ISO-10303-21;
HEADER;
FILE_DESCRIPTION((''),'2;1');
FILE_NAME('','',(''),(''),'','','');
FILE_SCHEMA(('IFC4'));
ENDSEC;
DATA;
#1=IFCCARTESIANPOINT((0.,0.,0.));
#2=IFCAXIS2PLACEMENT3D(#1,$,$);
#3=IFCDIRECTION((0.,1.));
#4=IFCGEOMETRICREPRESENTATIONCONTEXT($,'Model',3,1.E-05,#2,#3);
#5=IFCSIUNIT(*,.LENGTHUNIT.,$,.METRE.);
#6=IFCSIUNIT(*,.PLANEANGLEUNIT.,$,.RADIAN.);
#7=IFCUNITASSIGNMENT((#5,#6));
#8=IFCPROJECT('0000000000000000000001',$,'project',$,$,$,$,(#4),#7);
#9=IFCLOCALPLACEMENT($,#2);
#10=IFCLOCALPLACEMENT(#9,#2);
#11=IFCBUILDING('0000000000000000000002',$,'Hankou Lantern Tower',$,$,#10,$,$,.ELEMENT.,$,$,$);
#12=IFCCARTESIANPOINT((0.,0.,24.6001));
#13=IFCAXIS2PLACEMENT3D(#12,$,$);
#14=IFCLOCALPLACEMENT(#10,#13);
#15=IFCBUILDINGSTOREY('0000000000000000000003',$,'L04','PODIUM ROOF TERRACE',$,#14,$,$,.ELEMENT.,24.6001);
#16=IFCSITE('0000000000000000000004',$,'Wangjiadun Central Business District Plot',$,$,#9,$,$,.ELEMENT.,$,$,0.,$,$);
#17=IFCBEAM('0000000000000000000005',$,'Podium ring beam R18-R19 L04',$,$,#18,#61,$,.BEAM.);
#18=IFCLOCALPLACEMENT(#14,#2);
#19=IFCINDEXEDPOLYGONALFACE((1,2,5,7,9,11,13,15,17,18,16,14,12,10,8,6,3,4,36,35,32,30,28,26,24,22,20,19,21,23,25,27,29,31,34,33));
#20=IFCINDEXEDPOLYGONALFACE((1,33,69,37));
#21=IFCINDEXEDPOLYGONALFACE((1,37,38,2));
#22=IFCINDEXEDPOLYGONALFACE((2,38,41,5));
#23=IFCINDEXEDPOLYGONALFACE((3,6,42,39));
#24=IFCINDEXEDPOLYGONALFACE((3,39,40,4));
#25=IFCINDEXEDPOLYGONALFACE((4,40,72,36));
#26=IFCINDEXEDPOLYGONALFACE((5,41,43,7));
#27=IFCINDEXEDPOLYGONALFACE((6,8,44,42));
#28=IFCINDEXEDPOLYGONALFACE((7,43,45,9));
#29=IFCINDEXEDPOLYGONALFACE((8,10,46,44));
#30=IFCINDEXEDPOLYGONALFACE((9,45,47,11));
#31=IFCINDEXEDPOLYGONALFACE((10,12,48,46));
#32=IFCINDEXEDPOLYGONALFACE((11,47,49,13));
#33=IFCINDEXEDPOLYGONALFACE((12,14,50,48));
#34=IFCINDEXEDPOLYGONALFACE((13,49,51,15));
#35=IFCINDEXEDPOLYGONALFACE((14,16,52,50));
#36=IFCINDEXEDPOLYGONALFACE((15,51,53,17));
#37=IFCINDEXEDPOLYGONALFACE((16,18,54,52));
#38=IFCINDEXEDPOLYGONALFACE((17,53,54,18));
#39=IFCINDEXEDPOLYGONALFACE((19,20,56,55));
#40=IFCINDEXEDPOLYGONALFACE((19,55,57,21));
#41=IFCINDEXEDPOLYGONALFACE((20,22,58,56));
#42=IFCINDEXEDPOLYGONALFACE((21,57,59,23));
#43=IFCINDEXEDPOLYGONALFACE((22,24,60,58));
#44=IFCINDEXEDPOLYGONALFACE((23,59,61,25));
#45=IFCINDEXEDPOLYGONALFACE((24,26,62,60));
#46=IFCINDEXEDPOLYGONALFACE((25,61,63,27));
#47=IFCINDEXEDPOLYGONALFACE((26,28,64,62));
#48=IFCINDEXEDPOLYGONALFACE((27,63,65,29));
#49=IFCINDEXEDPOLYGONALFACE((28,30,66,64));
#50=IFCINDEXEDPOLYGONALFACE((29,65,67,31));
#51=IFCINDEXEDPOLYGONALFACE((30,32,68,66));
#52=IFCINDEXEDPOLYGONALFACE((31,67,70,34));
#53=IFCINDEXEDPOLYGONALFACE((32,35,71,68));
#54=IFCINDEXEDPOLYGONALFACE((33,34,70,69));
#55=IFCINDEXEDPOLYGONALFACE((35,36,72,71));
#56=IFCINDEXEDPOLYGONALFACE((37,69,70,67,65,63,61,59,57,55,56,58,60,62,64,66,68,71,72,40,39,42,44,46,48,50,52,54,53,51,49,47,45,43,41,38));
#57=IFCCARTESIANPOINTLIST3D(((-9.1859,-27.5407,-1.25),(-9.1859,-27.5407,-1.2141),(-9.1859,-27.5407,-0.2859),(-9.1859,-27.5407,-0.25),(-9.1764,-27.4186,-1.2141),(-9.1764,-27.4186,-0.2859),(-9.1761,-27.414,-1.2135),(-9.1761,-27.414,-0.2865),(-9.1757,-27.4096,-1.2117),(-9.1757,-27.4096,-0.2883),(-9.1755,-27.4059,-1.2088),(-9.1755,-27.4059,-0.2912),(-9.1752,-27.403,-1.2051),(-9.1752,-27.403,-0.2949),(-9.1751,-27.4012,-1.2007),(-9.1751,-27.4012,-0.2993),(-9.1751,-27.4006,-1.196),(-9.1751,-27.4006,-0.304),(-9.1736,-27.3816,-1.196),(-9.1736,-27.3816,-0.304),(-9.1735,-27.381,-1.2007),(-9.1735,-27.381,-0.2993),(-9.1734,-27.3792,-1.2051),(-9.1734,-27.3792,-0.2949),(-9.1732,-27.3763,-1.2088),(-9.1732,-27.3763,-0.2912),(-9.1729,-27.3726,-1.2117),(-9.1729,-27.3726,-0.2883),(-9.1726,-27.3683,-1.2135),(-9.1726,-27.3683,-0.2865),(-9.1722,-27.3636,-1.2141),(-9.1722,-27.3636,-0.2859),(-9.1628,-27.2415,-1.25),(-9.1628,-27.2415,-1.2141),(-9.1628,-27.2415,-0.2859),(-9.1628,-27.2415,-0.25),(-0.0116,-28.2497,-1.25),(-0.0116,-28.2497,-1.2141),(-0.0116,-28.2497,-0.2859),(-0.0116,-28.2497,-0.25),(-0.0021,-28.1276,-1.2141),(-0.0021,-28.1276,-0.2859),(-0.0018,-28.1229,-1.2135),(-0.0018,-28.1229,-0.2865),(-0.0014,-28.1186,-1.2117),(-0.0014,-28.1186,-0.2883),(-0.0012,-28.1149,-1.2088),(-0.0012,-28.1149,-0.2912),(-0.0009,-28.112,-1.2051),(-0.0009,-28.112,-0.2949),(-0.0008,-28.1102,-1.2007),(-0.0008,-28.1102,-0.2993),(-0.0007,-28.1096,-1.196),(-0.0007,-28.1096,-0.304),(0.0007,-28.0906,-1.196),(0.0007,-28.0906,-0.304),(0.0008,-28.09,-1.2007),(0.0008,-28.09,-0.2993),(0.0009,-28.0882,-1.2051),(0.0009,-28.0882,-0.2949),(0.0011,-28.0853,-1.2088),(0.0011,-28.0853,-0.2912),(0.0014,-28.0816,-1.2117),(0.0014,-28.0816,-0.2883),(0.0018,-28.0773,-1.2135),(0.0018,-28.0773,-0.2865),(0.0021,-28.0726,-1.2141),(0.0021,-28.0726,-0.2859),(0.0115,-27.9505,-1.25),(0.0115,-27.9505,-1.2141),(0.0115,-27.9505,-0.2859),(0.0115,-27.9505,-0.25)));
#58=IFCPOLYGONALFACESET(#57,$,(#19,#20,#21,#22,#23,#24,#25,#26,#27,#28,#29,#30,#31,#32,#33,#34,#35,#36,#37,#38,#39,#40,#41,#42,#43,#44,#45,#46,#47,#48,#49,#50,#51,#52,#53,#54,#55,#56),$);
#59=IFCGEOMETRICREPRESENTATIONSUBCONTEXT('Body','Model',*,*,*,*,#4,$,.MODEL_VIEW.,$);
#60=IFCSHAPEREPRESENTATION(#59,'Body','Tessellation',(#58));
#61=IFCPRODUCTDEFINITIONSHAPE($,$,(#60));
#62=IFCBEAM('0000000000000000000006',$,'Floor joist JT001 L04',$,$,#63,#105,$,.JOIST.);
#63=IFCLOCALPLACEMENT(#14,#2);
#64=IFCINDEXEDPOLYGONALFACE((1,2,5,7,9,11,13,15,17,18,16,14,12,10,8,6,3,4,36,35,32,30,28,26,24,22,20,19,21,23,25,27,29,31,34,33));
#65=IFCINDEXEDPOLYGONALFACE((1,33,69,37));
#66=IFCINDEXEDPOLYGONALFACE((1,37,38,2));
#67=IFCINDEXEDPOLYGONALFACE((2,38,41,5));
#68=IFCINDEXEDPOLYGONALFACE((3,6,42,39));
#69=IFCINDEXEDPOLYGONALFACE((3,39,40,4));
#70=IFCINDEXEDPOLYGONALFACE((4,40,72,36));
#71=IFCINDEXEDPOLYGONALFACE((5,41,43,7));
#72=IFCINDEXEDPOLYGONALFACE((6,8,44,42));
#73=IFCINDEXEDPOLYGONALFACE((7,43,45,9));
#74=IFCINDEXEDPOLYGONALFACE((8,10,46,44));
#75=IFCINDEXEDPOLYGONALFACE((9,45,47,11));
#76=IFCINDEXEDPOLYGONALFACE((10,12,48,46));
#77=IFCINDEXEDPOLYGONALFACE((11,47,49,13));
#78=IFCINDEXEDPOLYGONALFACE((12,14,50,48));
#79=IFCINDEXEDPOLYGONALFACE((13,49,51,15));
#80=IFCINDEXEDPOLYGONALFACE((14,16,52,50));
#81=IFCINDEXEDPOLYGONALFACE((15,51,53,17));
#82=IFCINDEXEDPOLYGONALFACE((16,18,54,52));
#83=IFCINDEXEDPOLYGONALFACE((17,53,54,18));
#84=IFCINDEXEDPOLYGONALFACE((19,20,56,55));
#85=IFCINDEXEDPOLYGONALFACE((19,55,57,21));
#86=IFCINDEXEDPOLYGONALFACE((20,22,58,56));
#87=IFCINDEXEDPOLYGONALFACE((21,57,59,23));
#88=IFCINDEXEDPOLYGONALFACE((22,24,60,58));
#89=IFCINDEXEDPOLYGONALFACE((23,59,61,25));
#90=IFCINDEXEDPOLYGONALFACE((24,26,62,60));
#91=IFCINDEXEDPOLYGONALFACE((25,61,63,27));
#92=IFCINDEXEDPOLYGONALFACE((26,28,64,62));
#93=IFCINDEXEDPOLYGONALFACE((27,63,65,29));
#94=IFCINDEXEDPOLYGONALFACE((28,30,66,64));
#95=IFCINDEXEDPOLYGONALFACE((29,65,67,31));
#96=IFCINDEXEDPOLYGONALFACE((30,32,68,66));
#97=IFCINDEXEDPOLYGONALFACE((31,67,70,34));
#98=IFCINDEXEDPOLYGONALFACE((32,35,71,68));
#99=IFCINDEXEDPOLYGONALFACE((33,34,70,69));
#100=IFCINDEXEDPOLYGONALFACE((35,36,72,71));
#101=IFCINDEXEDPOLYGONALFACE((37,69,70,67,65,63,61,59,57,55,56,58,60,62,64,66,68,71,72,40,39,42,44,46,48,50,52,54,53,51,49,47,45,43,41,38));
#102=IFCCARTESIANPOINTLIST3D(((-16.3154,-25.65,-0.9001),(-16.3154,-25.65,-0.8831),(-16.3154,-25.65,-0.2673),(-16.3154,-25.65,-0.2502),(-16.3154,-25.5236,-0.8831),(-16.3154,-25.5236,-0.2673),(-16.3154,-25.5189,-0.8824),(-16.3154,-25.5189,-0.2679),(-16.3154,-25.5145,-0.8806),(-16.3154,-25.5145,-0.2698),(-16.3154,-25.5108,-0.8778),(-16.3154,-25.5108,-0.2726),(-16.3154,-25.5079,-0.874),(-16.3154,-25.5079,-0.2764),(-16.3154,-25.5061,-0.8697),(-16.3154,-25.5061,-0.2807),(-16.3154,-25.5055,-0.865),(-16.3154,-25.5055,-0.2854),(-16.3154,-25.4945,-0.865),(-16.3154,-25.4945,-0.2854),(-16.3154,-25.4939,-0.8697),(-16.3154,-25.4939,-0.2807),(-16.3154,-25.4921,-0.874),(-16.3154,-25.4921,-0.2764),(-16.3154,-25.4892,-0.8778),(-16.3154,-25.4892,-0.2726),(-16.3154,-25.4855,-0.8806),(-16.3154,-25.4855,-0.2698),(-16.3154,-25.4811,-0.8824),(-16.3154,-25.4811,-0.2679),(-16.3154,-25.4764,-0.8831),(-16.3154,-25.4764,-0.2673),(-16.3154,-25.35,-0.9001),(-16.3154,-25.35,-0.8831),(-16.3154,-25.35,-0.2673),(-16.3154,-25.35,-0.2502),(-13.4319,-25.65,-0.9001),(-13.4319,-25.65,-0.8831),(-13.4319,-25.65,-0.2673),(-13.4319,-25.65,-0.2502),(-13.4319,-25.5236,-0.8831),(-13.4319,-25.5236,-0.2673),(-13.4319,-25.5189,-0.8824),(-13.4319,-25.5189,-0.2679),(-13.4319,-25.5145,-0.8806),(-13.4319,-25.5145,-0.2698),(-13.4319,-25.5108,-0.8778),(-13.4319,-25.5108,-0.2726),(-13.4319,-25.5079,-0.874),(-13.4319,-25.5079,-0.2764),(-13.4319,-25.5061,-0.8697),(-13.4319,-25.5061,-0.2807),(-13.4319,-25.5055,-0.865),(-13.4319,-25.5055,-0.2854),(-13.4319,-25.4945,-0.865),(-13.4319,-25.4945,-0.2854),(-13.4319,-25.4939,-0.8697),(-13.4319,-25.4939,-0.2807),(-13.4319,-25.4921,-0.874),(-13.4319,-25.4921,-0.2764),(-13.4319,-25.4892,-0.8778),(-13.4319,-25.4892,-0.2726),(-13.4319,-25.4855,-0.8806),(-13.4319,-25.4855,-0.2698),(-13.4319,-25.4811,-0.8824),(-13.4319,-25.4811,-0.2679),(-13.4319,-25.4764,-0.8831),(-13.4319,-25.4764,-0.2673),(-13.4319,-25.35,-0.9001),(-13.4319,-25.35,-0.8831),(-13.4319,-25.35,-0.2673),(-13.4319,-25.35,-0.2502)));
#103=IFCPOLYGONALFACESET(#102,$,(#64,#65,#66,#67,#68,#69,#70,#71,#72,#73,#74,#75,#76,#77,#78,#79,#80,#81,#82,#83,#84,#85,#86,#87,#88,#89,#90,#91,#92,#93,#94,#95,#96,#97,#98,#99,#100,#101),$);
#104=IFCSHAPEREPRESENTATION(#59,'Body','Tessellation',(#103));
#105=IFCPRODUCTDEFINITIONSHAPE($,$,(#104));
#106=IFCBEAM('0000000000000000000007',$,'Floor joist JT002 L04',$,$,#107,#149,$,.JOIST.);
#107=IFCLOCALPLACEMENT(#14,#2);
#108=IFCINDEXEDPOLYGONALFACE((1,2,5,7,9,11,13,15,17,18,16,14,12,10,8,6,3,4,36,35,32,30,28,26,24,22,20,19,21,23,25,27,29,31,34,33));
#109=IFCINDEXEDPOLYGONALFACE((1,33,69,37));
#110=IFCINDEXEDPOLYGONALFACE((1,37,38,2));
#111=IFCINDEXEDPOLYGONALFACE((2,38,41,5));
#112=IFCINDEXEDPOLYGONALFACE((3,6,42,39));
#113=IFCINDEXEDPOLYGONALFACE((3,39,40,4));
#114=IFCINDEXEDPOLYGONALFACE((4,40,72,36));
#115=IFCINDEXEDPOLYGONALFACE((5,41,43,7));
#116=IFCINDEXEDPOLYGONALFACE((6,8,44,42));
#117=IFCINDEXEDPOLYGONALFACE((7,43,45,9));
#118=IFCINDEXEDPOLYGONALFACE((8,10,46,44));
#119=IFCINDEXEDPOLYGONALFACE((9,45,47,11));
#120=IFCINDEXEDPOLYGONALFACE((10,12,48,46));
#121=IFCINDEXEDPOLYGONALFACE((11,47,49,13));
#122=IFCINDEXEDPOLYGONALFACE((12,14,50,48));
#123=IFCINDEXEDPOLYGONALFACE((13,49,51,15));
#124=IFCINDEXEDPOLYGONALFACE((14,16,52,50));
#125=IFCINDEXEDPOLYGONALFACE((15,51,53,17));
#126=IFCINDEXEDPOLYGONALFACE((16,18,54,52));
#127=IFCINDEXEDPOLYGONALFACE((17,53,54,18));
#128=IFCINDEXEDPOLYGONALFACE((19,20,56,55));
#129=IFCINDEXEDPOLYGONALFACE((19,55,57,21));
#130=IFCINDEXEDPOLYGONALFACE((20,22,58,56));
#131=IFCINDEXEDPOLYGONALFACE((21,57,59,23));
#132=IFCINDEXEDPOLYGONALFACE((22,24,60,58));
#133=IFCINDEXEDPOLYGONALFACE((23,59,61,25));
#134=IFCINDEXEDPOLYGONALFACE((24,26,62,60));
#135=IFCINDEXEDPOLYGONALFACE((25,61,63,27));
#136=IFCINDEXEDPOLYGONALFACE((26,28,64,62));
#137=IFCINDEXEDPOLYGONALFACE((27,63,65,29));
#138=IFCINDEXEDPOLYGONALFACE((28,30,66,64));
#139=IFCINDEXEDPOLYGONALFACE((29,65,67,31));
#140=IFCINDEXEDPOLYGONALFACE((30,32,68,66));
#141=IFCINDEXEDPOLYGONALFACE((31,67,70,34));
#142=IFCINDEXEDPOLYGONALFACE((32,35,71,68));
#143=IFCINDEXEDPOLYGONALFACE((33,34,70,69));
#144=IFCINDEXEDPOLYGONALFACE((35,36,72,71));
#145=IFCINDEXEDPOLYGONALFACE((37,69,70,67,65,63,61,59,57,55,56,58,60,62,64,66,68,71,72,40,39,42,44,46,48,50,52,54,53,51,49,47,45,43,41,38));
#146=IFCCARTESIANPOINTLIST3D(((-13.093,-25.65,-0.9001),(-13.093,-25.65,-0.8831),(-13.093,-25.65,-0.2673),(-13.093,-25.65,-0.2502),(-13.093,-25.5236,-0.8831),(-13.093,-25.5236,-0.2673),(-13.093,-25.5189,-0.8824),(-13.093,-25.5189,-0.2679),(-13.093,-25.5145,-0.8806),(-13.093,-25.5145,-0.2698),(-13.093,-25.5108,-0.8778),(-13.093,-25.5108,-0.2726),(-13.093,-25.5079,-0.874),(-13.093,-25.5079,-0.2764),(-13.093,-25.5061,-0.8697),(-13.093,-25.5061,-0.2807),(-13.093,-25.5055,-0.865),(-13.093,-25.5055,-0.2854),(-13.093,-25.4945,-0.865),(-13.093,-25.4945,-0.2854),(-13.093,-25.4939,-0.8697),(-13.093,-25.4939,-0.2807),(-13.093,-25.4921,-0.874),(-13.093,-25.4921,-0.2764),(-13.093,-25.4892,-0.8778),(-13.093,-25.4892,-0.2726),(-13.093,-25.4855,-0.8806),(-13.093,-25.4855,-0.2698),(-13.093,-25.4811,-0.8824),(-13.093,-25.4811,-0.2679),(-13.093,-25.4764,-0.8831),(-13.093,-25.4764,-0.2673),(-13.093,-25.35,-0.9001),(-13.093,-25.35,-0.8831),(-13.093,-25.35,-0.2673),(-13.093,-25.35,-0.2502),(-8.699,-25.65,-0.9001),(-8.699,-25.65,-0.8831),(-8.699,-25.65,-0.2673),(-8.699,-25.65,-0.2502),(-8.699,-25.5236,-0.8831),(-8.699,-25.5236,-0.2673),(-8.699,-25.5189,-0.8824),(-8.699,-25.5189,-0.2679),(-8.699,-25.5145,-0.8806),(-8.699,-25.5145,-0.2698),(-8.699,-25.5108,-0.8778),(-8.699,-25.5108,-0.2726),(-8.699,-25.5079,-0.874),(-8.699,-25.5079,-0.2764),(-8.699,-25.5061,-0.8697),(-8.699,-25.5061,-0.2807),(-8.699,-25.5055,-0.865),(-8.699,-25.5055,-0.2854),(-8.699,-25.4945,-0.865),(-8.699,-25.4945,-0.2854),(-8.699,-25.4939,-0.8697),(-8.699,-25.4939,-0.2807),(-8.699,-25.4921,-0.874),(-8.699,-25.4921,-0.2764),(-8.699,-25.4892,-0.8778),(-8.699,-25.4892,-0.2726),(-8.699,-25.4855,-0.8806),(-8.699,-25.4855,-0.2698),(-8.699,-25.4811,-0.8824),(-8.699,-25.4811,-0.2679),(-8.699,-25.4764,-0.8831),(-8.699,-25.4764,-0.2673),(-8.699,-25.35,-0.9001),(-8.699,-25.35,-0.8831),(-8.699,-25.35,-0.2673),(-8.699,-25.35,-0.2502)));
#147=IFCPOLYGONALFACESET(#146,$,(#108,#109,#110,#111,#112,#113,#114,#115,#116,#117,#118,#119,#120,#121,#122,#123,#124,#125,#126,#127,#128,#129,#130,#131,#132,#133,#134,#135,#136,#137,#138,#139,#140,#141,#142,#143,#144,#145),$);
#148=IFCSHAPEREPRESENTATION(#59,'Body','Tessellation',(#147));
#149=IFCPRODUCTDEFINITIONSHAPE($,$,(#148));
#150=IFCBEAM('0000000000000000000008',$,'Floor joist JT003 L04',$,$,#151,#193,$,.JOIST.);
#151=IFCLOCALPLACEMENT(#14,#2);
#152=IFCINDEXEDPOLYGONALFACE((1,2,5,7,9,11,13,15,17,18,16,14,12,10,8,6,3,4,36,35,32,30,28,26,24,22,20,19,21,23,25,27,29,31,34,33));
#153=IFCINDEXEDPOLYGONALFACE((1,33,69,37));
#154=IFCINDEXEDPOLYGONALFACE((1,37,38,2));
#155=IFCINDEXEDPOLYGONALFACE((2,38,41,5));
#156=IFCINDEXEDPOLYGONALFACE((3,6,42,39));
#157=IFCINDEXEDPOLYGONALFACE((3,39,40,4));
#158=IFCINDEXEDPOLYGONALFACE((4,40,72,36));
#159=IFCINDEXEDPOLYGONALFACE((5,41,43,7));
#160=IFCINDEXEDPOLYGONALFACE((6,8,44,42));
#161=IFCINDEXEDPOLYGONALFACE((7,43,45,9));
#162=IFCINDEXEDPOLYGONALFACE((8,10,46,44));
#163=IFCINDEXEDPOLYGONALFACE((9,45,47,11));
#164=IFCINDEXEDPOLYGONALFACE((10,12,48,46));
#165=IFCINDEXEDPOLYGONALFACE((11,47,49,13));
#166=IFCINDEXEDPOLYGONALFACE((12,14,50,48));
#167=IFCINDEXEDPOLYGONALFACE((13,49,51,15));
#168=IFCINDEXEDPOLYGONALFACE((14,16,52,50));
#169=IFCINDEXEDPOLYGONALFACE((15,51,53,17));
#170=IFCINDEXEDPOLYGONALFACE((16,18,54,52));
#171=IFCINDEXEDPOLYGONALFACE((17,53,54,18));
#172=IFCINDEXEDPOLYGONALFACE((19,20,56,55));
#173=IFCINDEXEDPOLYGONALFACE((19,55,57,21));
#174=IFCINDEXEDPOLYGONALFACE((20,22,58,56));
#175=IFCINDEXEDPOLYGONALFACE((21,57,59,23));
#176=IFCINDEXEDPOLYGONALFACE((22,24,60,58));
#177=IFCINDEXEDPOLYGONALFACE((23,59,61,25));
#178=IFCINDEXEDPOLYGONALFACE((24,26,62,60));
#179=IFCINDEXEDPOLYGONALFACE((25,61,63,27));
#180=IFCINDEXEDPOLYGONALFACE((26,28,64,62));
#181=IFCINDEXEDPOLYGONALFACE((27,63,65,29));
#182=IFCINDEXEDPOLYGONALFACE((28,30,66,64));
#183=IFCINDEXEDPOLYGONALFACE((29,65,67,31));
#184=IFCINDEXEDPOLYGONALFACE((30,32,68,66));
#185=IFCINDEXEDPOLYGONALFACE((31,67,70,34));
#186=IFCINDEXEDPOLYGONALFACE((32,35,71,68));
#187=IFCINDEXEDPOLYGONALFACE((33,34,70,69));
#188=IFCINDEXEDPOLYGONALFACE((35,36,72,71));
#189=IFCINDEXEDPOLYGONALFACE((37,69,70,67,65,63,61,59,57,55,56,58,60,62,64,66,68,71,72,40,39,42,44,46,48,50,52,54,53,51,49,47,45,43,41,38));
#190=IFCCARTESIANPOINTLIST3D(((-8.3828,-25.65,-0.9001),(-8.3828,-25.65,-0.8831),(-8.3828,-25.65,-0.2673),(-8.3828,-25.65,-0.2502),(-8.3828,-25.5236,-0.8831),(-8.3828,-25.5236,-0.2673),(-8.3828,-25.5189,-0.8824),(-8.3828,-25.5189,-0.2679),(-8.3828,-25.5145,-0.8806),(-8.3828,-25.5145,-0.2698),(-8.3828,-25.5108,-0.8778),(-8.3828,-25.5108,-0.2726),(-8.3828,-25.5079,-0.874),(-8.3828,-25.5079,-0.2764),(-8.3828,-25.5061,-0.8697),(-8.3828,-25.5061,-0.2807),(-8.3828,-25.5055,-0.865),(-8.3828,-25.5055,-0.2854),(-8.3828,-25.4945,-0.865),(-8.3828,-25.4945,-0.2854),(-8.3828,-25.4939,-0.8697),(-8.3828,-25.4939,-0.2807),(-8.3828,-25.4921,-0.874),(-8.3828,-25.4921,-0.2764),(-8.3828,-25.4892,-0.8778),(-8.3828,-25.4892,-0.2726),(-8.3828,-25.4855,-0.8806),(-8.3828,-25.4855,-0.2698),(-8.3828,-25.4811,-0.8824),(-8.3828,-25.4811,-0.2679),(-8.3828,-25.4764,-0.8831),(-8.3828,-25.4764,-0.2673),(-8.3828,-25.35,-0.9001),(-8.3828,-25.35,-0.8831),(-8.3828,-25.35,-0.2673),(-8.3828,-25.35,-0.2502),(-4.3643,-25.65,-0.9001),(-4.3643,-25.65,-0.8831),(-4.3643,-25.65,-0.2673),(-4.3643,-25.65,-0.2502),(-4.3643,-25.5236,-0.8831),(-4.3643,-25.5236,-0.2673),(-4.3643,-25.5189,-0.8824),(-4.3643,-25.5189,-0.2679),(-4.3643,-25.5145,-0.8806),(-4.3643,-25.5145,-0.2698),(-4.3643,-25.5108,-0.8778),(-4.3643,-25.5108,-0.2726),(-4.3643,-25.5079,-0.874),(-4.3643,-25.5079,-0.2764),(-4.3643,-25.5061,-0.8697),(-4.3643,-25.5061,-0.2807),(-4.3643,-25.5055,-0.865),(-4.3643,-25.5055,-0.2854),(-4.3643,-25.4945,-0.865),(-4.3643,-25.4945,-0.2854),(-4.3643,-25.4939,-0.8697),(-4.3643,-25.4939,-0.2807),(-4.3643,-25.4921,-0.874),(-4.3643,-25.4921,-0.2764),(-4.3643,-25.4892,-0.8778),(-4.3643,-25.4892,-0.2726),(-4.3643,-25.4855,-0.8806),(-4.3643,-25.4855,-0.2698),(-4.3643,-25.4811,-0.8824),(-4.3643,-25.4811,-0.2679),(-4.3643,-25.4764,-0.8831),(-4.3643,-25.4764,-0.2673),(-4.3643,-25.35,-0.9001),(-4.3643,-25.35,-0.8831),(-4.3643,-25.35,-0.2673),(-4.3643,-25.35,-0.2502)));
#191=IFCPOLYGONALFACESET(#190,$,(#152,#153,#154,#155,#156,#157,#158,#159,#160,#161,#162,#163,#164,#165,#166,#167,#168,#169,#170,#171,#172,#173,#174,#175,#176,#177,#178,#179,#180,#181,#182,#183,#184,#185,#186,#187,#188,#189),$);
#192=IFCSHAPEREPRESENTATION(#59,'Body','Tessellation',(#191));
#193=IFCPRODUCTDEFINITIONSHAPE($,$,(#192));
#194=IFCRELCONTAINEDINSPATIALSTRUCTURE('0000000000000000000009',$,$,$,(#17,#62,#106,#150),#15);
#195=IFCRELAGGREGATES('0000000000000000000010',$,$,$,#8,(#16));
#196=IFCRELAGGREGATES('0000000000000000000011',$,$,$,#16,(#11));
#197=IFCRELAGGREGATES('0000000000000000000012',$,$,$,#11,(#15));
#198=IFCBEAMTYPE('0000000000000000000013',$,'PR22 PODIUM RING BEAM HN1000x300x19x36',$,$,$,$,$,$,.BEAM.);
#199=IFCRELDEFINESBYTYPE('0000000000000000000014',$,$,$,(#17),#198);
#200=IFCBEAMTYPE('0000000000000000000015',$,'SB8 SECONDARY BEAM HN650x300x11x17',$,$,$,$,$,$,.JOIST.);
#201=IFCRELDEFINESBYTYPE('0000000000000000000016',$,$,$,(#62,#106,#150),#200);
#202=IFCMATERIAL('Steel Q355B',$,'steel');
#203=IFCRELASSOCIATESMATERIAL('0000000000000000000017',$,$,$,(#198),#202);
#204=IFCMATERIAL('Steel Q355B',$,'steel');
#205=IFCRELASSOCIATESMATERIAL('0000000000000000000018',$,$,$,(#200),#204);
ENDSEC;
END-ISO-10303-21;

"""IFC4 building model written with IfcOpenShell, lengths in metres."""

from ifc_helpers import new_model, si_unit, direction, frame, origin, origin_2d, place, context, subcontext, project, spatial, i_section, extrude, material, material_profile, profile_set, type_object, element, save


model = new_model("IFC4")

# Units and contexts
model_context = context("Model", 3, precision=1e-05, world=origin(), true_north=direction((0.0, 1.0)))
body_context = subcontext(model_context, "Body", "Model", "MODEL_VIEW")
ifc_project = project(units=[si_unit("LENGTHUNIT", "METRE"), si_unit("PLANEANGLEUNIT", "RADIAN")], contexts=[model_context])

# Site, building, storey
site_placement = place(None, origin())
site = spatial("IfcSite", under=ifc_project, at=site_placement, Name="Wangjiadun Central Business District Plot", CompositionType="ELEMENT", RefElevation=0.0)
building_placement = place(site_placement, origin())
building = spatial("IfcBuilding", under=site, at=building_placement, Name="Hankou Lantern Tower", CompositionType="ELEMENT")
storey_placement = place(building_placement, frame((0.0, 0.0, 24.6001)))
storey = spatial("IfcBuildingStorey", under=building, at=storey_placement, Name="L04", Description="PODIUM ROOF TERRACE", CompositionType="ELEMENT", Elevation=24.6001)

# Beams
ifc_material_1 = material(Name="Steel Q355B", Category="steel")
ifc_material_profile_1 = material_profile(ifc_material_1, i_section(OverallWidth=0.3, OverallDepth=1.0, WebThickness=0.019, FlangeThickness=0.0359, FilletRadius=0.0181, at=origin_2d()), Name="HN1000x300x19x36")
ifc_profile_set_1 = profile_set([ifc_material_profile_1], Name="Steel Q355B")
beam_type_1 = type_object("IfcBeamType", Name="PR22 PODIUM RING BEAM HN1000x300x19x36", PredefinedType="BEAM", material=ifc_profile_set_1)
beam_1_placement = place(storey_placement, frame((-9.1743, -27.3911, -0.75), z_axis=(0.997027, -0.07705, 0.0), x_axis=(0.07705, 0.997027, 0.0)))
element("IfcBeam", 1, at=beam_1_placement, inside=storey, type_object=beam_type_1, Name="Podium ring beam R18-R19 L04", PredefinedType="BEAM", context=body_context, shape_type="SweptSolid", body=[
    extrude(i_section(OverallWidth=0.3, OverallDepth=1.0, WebThickness=0.019, FlangeThickness=0.0359, FilletRadius=0.0181, at=origin_2d()), origin(), (0.0, 0.0, 1.0), 9.2017),
])
ifc_material_2 = material(Name="Steel Q355B", Category="steel")
ifc_material_profile_2 = material_profile(ifc_material_2, i_section(OverallWidth=0.3, OverallDepth=0.6499, WebThickness=0.011, FlangeThickness=0.0171, FilletRadius=0.0181, at=origin_2d()), Name="HN650x300x11x17")
ifc_profile_set_2 = profile_set([ifc_material_profile_2], Name="Steel Q355B")
beam_type_2 = type_object("IfcBeamType", Name="SB8 SECONDARY BEAM HN650x300x11x17", PredefinedType="JOIST", material=ifc_profile_set_2)
beam_2_placement = place(storey_placement, frame((-16.3154, -25.5, -0.5752), z_axis=(1.0, 0.0, 0.0), x_axis=(0.0, 1.0, 0.0)))
element("IfcBeam", 2, at=beam_2_placement, inside=storey, type_object=beam_type_2, Name="Floor joist JT001 L04", PredefinedType="JOIST", context=body_context, shape_type="SweptSolid", body=[
    extrude(i_section(OverallWidth=0.3, OverallDepth=0.6499, WebThickness=0.011, FlangeThickness=0.0171, FilletRadius=0.0181, at=origin_2d()), origin(), (0.0, 0.0, 1.0), 2.8835),
])
beam_3_placement = place(storey_placement, frame((-13.093, -25.5, -0.5752), z_axis=(1.0, 0.0, 0.0), x_axis=(0.0, 1.0, 0.0)))
element("IfcBeam", 3, at=beam_3_placement, inside=storey, type_object=beam_type_2, Name="Floor joist JT002 L04", PredefinedType="JOIST", context=body_context, shape_type="SweptSolid", body=[
    extrude(i_section(OverallWidth=0.3, OverallDepth=0.6499, WebThickness=0.011, FlangeThickness=0.0171, FilletRadius=0.0181, at=origin_2d()), origin(), (0.0, 0.0, 1.0), 4.394),
])
beam_4_placement = place(storey_placement, frame((-8.3828, -25.5, -0.5752), z_axis=(1.0, 0.0, 0.0), x_axis=(0.0, 1.0, 0.0)))
element("IfcBeam", 4, at=beam_4_placement, inside=storey, type_object=beam_type_2, Name="Floor joist JT003 L04", PredefinedType="JOIST", context=body_context, shape_type="SweptSolid", body=[
    extrude(i_section(OverallWidth=0.3, OverallDepth=0.6499, WebThickness=0.011, FlangeThickness=0.0171, FilletRadius=0.0181, at=origin_2d()), origin(), (0.0, 0.0, 1.0), 4.0186),
])

save(model, "model.ifc")
